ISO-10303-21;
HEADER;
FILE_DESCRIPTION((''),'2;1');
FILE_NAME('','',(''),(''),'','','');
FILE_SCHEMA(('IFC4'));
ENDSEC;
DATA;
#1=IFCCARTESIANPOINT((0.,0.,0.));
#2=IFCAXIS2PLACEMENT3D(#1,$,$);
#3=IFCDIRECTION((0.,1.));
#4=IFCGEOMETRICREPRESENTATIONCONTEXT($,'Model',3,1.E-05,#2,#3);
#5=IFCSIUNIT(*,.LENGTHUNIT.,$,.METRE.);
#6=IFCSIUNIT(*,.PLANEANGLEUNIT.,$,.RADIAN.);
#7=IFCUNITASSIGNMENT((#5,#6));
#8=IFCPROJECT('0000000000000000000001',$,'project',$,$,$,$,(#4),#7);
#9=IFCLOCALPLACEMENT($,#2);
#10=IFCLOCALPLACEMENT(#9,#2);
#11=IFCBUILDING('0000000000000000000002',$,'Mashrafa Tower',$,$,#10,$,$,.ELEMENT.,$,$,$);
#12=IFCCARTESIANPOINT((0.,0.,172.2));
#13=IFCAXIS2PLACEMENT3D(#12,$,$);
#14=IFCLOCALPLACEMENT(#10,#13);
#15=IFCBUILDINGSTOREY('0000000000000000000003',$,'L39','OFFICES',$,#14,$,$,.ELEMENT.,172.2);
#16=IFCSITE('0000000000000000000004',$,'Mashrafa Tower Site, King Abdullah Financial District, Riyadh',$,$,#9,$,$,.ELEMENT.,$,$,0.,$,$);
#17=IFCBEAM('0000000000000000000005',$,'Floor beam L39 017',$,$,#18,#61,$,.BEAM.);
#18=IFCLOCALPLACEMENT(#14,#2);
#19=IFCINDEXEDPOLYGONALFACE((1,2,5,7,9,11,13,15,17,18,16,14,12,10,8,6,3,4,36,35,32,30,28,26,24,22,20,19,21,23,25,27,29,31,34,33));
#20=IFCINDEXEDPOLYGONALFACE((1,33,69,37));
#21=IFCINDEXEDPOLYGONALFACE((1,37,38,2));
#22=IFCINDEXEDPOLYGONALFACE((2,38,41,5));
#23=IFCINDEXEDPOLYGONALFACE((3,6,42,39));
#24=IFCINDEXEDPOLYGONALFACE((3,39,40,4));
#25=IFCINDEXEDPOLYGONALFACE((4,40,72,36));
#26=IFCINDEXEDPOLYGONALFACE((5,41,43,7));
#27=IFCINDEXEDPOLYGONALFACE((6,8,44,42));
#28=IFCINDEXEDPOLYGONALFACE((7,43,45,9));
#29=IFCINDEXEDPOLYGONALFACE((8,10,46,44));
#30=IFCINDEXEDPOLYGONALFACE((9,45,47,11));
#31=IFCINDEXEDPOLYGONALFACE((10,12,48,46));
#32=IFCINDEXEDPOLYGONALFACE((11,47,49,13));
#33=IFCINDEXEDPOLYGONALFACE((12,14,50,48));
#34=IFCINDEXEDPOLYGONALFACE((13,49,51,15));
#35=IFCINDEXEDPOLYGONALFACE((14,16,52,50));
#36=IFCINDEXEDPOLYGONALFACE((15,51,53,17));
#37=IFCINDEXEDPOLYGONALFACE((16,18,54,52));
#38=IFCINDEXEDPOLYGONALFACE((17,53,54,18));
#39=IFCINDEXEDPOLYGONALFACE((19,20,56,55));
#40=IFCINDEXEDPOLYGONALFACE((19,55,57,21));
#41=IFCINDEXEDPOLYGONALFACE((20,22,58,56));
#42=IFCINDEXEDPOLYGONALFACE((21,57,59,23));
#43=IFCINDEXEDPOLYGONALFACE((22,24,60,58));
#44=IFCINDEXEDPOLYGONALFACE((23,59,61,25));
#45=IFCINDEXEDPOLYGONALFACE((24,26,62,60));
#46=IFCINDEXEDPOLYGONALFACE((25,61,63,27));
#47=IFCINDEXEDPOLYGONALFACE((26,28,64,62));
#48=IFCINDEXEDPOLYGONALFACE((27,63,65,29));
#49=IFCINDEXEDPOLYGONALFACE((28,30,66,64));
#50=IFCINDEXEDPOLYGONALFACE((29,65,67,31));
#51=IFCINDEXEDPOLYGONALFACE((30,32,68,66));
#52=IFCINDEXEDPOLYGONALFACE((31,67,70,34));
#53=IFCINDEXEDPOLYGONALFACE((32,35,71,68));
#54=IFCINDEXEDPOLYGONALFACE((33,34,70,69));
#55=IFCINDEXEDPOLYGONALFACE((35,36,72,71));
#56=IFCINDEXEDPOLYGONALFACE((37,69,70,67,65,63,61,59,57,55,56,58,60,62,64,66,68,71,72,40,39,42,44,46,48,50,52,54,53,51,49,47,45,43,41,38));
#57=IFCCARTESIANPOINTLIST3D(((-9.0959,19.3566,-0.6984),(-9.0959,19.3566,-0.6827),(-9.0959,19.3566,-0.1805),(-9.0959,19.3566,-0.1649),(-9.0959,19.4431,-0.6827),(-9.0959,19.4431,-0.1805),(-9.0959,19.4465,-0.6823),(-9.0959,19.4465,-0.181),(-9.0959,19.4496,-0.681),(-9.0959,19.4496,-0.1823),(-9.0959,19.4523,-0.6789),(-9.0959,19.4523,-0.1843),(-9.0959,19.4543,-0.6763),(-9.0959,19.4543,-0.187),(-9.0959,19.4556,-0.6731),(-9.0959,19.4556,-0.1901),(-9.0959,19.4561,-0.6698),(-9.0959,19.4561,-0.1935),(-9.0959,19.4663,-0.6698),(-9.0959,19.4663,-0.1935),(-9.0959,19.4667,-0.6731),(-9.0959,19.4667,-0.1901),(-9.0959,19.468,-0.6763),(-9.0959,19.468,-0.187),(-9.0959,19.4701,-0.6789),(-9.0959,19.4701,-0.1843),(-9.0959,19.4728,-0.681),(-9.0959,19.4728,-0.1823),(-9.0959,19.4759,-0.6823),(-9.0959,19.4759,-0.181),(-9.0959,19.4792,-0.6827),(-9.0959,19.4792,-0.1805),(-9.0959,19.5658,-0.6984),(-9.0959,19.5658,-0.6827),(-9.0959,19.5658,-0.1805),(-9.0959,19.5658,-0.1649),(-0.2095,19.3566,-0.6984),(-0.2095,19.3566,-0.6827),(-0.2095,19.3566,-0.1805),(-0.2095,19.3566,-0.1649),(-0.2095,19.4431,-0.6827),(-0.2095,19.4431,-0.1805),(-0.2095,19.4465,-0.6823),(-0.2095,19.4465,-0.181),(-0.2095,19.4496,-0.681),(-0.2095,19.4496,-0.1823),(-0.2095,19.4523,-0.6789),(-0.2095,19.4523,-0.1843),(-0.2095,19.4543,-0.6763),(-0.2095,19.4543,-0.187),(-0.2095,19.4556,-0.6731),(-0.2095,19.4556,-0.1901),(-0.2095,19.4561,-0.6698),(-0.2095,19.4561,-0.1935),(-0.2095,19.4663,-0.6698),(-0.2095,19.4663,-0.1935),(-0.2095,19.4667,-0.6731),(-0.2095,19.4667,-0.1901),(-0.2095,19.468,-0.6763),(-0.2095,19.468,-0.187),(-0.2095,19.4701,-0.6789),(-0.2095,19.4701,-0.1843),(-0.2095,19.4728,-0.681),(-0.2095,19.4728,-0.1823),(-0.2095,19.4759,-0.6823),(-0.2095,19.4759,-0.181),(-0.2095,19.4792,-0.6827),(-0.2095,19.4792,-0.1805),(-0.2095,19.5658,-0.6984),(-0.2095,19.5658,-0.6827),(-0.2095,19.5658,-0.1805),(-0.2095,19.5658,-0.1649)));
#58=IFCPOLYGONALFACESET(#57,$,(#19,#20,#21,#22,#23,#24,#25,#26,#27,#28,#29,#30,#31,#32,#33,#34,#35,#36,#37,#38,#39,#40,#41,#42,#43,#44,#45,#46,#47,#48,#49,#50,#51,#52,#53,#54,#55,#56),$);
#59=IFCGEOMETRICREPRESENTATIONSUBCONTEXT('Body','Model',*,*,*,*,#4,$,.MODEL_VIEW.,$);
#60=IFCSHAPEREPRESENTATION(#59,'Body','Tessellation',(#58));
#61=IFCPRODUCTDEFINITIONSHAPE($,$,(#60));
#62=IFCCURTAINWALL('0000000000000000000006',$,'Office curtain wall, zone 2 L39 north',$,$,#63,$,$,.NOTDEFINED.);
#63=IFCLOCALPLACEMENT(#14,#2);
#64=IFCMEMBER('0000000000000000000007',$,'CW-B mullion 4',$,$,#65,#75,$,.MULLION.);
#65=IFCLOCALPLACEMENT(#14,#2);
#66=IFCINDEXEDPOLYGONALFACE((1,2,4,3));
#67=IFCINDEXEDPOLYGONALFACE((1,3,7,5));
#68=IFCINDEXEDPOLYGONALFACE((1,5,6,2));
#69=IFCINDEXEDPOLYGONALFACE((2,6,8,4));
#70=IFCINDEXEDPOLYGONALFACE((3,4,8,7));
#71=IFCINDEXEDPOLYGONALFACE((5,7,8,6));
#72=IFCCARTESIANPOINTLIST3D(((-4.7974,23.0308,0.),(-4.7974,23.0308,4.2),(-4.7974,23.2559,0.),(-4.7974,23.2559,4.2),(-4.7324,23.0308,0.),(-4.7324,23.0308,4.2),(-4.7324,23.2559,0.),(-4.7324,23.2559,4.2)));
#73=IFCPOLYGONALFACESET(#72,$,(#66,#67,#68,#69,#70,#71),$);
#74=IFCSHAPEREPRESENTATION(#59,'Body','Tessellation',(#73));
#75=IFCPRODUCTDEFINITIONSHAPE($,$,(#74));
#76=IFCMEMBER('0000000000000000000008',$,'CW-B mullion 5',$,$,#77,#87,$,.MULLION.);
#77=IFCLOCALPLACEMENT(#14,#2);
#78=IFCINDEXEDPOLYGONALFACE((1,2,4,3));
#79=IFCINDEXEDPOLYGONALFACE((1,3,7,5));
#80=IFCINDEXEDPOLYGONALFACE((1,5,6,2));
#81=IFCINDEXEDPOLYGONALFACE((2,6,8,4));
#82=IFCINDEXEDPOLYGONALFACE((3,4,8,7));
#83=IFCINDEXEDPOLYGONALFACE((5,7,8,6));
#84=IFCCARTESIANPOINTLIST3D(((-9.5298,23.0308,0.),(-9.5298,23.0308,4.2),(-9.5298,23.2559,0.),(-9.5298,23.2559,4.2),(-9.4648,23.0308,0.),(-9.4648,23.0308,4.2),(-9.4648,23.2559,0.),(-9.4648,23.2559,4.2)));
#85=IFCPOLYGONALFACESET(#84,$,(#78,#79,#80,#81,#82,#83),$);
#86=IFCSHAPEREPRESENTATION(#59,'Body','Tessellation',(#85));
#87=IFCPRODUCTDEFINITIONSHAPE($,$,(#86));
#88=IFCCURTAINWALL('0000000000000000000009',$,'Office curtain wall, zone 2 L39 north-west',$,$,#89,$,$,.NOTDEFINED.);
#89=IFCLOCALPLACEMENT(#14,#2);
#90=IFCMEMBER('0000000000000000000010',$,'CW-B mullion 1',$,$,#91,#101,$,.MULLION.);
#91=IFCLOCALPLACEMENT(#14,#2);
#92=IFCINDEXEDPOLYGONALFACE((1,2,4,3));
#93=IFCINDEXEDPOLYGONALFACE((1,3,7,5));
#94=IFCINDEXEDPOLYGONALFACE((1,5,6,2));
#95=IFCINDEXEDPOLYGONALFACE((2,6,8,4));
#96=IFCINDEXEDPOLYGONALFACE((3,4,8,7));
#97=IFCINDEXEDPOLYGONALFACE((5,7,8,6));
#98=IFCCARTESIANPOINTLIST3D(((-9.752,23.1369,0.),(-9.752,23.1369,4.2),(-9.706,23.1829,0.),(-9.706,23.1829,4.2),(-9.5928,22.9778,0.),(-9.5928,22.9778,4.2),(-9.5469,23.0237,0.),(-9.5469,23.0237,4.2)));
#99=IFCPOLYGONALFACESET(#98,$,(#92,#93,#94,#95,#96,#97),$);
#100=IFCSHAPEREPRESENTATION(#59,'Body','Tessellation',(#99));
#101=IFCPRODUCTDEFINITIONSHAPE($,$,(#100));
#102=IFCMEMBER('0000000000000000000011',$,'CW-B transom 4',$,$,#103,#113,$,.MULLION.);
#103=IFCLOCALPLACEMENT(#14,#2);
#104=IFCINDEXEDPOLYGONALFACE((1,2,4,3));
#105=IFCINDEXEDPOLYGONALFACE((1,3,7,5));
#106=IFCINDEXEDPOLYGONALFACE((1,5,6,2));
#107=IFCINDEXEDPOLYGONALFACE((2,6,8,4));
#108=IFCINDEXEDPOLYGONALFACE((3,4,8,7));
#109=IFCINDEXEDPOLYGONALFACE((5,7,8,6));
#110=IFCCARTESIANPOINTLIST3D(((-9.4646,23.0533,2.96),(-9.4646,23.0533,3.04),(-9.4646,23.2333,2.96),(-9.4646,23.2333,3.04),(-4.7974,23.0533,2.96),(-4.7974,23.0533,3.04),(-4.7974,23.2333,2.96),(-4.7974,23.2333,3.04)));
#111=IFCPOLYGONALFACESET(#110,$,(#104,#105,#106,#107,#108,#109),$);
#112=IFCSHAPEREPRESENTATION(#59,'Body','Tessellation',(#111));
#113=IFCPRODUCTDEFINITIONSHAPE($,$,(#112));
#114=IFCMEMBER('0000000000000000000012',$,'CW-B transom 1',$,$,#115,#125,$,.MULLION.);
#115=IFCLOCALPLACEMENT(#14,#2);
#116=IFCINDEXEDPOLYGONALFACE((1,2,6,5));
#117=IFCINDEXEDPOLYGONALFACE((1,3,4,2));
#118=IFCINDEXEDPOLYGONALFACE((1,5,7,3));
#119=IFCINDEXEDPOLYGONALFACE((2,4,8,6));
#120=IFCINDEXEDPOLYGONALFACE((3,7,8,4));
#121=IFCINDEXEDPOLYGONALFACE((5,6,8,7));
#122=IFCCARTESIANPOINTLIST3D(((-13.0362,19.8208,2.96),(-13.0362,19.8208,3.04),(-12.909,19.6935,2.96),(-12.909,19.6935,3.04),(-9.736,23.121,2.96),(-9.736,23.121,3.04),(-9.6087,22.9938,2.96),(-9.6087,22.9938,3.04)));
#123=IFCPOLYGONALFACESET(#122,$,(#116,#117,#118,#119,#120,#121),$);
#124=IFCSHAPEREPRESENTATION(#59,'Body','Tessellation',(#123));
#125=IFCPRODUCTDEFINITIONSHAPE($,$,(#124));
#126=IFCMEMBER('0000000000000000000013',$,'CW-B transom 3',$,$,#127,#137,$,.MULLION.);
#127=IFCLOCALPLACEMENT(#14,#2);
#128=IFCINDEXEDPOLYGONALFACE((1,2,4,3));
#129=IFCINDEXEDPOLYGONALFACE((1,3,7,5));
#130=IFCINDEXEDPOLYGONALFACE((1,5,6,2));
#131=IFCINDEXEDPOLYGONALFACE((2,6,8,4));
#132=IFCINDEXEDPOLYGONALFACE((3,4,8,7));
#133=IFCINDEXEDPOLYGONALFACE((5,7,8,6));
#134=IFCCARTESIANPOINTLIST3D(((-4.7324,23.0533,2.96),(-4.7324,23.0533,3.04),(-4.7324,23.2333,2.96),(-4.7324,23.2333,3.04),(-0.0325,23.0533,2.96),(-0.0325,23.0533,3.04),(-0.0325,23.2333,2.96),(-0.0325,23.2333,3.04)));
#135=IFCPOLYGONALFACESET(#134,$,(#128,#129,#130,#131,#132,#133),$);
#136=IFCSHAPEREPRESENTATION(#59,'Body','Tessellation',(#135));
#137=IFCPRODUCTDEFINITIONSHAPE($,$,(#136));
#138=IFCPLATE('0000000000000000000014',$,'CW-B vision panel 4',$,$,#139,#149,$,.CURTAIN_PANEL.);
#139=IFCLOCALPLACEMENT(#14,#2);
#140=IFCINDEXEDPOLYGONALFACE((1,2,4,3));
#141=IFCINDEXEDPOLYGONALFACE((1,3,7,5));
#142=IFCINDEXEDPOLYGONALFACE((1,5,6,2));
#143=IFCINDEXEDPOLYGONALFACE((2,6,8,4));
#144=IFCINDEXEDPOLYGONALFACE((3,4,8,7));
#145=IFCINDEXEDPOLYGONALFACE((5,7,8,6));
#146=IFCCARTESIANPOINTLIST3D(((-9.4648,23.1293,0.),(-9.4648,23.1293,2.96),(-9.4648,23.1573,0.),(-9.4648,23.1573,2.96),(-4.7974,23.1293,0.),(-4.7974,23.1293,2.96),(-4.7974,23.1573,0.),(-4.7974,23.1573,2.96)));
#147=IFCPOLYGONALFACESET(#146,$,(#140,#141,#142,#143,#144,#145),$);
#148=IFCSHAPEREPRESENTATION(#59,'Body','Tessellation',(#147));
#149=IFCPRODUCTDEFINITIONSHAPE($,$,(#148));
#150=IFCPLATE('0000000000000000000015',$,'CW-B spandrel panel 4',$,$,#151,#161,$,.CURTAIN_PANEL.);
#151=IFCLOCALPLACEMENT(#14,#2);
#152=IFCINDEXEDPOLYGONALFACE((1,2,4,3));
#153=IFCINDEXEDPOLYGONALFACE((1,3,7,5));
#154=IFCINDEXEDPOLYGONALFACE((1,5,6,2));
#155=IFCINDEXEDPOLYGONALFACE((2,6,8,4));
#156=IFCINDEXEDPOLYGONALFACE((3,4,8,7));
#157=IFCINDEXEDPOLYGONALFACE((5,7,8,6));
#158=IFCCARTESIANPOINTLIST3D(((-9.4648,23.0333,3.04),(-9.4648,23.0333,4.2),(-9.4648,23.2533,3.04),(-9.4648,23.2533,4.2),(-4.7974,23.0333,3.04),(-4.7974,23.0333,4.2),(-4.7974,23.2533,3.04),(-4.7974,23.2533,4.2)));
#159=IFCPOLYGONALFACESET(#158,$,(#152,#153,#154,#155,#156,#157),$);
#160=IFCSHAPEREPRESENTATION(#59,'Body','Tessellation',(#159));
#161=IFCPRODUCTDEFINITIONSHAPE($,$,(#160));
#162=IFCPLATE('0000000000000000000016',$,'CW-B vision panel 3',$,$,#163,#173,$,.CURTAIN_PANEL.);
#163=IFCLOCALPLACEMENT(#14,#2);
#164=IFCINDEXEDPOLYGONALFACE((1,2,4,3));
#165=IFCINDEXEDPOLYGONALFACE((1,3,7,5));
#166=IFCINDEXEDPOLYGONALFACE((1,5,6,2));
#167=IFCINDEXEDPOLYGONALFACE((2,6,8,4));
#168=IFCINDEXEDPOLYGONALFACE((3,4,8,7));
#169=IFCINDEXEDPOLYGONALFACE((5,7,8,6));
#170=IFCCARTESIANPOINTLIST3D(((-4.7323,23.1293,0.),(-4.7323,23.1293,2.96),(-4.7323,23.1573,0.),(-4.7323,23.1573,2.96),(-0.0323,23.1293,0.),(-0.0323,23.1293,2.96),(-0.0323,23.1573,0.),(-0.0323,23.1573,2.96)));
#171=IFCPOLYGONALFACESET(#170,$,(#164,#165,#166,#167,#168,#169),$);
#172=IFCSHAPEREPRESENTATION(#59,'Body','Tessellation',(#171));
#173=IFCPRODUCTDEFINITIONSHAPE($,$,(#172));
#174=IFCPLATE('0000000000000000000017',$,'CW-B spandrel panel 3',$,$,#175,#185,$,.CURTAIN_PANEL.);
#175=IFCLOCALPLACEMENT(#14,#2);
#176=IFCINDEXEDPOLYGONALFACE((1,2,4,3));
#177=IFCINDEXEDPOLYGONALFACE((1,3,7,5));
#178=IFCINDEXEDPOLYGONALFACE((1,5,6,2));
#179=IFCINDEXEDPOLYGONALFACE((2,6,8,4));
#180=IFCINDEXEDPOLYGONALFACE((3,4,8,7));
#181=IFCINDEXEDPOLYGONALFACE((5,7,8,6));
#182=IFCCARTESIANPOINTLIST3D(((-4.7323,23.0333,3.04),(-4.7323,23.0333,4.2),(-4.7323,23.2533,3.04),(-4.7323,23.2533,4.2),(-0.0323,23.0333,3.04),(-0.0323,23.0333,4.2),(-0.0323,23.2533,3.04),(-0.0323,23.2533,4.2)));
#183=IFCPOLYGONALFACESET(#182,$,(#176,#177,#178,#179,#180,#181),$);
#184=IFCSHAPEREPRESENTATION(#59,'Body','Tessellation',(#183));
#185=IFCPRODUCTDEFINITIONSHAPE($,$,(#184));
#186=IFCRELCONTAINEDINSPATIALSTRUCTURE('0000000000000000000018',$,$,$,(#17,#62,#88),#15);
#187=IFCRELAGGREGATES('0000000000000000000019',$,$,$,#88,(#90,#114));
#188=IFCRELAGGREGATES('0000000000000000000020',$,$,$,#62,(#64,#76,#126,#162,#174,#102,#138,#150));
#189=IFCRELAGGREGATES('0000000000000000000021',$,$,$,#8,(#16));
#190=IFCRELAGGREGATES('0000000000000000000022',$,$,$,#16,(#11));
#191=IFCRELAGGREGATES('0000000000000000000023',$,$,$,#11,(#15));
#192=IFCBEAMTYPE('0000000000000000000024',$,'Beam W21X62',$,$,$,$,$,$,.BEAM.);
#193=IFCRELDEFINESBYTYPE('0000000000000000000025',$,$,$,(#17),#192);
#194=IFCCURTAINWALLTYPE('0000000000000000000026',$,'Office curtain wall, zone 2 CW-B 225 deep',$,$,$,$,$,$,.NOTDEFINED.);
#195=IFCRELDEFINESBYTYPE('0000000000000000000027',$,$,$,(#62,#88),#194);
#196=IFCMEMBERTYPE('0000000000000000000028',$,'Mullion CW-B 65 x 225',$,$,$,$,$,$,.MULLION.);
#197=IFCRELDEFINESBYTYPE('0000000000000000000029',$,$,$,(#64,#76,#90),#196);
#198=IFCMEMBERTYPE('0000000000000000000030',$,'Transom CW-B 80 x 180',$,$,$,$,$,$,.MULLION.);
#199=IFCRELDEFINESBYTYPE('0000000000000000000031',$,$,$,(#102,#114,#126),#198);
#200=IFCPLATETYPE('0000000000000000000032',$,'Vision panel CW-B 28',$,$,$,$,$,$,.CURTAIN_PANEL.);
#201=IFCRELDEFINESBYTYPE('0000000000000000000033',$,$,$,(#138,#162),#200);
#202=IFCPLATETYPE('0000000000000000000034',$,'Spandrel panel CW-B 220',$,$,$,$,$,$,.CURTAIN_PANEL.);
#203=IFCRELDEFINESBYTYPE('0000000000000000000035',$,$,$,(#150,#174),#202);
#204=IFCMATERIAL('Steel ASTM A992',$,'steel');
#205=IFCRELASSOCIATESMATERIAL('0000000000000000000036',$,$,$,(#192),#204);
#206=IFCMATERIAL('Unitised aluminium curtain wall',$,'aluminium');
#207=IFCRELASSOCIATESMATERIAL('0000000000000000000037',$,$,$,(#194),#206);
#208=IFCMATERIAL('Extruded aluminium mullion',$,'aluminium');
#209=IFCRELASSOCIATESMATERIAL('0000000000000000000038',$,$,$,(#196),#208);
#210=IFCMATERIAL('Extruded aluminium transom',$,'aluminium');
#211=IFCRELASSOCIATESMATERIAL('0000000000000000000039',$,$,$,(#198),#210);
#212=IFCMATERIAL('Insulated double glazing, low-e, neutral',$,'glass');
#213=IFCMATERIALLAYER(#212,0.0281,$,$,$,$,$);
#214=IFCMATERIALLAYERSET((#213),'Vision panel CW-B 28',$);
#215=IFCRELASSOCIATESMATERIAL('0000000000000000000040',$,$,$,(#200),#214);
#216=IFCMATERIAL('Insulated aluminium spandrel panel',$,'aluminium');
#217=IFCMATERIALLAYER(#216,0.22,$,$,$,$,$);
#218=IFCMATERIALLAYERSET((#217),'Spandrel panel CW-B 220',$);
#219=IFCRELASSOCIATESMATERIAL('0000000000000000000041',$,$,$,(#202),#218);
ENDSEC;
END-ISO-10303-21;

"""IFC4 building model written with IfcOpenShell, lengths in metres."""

from ifc_helpers import new_model, si_unit, direction, frame, origin, origin_2d, place, context, subcontext, project, spatial, rectangle, i_section, extrude, source, transform, mapped, material, layer, layer_set, material_profile, profile_set, type_object, type_shapes, element, aggregate, save


model = new_model("IFC4")

# Units and contexts
model_context = context("Model", 3, precision=1e-05, world=origin(), true_north=direction((0.0, 1.0)))
body_context = subcontext(model_context, "Body", "Model", "MODEL_VIEW")
ifc_project = project(units=[si_unit("LENGTHUNIT", "METRE"), si_unit("PLANEANGLEUNIT", "RADIAN")], contexts=[model_context])

# Site, building, storey
site_placement = place(None, origin())
site = spatial("IfcSite", under=ifc_project, at=site_placement, Name="Mashrafa Tower Site, King Abdullah Financial District, Riyadh", CompositionType="ELEMENT", RefElevation=0.0)
building_placement = place(site_placement, origin())
building = spatial("IfcBuilding", under=site, at=building_placement, Name="Mashrafa Tower", CompositionType="ELEMENT")
storey_placement = place(building_placement, frame((0.0, 0.0, 172.2)))
storey = spatial("IfcBuildingStorey", under=building, at=storey_placement, Name="L39", Description="OFFICES", CompositionType="ELEMENT", Elevation=172.2)

# Beam
ifc_material_1 = material(Name="Steel ASTM A992", Category="steel")
ifc_material_profile_1 = material_profile(ifc_material_1, i_section(OverallWidth=0.2092, OverallDepth=0.5334, WebThickness=0.0103, FlangeThickness=0.0156, FilletRadius=0.0129, at=origin_2d()), Name="W21X62")
ifc_profile_set_1 = profile_set([ifc_material_profile_1], Name="Steel ASTM A992")
beam_type_1 = type_object("IfcBeamType", Name="Beam W21X62", PredefinedType="BEAM", material=ifc_profile_set_1)
beam_1_placement = place(storey_placement, frame((-9.0959, 19.4612, -0.4316), z_axis=(1.0, 0.0, 0.0), x_axis=(0.0, 1.0, 0.0)))
element("IfcBeam", 1, at=beam_1_placement, inside=storey, type_object=beam_type_1, Name="Floor beam L39 017", PredefinedType="BEAM", context=body_context, shape_type="SweptSolid", body=[
    extrude(i_section(OverallWidth=0.2092, OverallDepth=0.5334, WebThickness=0.0103, FlangeThickness=0.0156, FilletRadius=0.0129, at=origin_2d()), origin(), (0.0, 0.0, 1.0), 8.8865),
])

# Curtain wall, members
ifc_material_2 = material(Name="Unitised aluminium curtain wall", Category="aluminium")
curtain_wall_type = type_object("IfcCurtainWallType", Name="Office curtain wall, zone 2 CW-B 225 deep", PredefinedType="NOTDEFINED", material=ifc_material_2)
curtain_wall_1_placement = place(storey_placement, origin())
curtain_wall_1 = element("IfcCurtainWall", 2, at=curtain_wall_1_placement, inside=storey, type_object=curtain_wall_type, Name="Office curtain wall, zone 2 L39 north", PredefinedType="NOTDEFINED")
ifc_material_3 = material(Name="Extruded aluminium mullion", Category="aluminium")
ifc_material_profile_2 = material_profile(ifc_material_3, rectangle(XDim=0.2251, YDim=0.0649, at=origin_2d()), Name="Mullion 65x225")
ifc_profile_set_2 = profile_set([ifc_material_profile_2], Name="Extruded aluminium mullion")
member_type_1 = type_object("IfcMemberType", Name="Mullion CW-B 65 x 225", PredefinedType="MULLION", material=ifc_profile_set_2)
shared_shape_1 = source(origin(), body_context, "Body", "SweptSolid", [
    extrude(rectangle(XDim=0.2251, YDim=0.0649, at=origin_2d()), origin(), (0.0, 0.0, 1.0), 4.2),
])
type_shapes(member_type_1, [shared_shape_1])
member_1_placement = place(storey_placement, frame((-4.7649, 23.1433, 0.0), z_axis=(0.0, 0.0, 1.0), x_axis=(0.0, -1.0, 0.0)))
member_1 = element("IfcMember", 3, at=member_1_placement, type_object=member_type_1, Name="CW-B mullion 4", PredefinedType="MULLION", context=body_context, shape_type="MappedRepresentation", body=[
    mapped(shared_shape_1, transform((0.0, 0.0, 0.0))),
])
member_2_placement = place(storey_placement, frame((-9.4973, 23.1433, 0.0), z_axis=(0.0, 0.0, 1.0), x_axis=(0.0, -1.0, 0.0)))
member_2 = element("IfcMember", 4, at=member_2_placement, type_object=member_type_1, Name="CW-B mullion 5", PredefinedType="MULLION", context=body_context, shape_type="MappedRepresentation", body=[
    mapped(shared_shape_1, transform((0.0, 0.0, 0.0))),
])

# Curtain wall, member
curtain_wall_2_placement = place(storey_placement, origin())
curtain_wall_2 = element("IfcCurtainWall", 5, at=curtain_wall_2_placement, inside=storey, type_object=curtain_wall_type, Name="Office curtain wall, zone 2 L39 north-west", PredefinedType="NOTDEFINED")
member_3_placement = place(storey_placement, frame((-9.6494, 23.0803, 0.0), z_axis=(0.0, 0.0, 1.0), x_axis=(0.707107, -0.707107, 0.0)))
member_3 = element("IfcMember", 6, at=member_3_placement, type_object=member_type_1, Name="CW-B mullion 1", PredefinedType="MULLION", context=body_context, shape_type="MappedRepresentation", body=[
    mapped(shared_shape_1, transform((0.0, 0.0, 0.0))),
])

# Members
ifc_material_4 = material(Name="Extruded aluminium transom", Category="aluminium")
ifc_material_profile_3 = material_profile(ifc_material_4, rectangle(XDim=0.1799, YDim=0.0801, at=origin_2d()), Name="Transom 80x180")
ifc_profile_set_3 = profile_set([ifc_material_profile_3], Name="Extruded aluminium transom")
member_type_2 = type_object("IfcMemberType", Name="Transom CW-B 80 x 180", PredefinedType="MULLION", material=ifc_profile_set_3)
shared_shape_2 = source(origin(), body_context, "Body", "SweptSolid", [
    extrude(rectangle(XDim=0.1799, YDim=0.0801, at=origin_2d()), origin(), (0.0, 0.0, 1.0), 4.6672),
])
member_4_placement = place(storey_placement, frame((-4.7974, 23.1433, 3.0), z_axis=(-1.0, 0.0, 0.0), x_axis=(0.0, -1.0, 0.0)))
member_4 = element("IfcMember", 7, at=member_4_placement, type_object=member_type_2, Name="CW-B transom 4", PredefinedType="MULLION", context=body_context, shape_type="MappedRepresentation", body=[
    mapped(shared_shape_2, transform((0.0, 0.0, 0.0))),
])
member_5_placement = place(storey_placement, frame((-9.6724, 23.0574, 3.0), z_axis=(-0.707107, -0.707107, 0.0), x_axis=(0.707107, -0.707107, 0.0)))
member_5 = element("IfcMember", 8, at=member_5_placement, type_object=member_type_2, Name="CW-B transom 1", PredefinedType="MULLION", context=body_context, shape_type="MappedRepresentation", body=[
    mapped(shared_shape_2, transform((0.0, 0.0, 0.0))),
])
aggregate(curtain_wall_2, [member_3, member_5])
shared_shape_3 = source(origin(), body_context, "Body", "SweptSolid", [
    extrude(rectangle(XDim=0.1799, YDim=0.0801, at=origin_2d()), origin(), (0.0, 0.0, 1.0), 4.7),
])
type_shapes(member_type_2, [shared_shape_2, shared_shape_3])
member_6_placement = place(storey_placement, frame((-0.0325, 23.1433, 3.0), z_axis=(-1.0, 0.0, 0.0), x_axis=(0.0, -1.0, 0.0)))
member_6 = element("IfcMember", 9, at=member_6_placement, type_object=member_type_2, Name="CW-B transom 3", PredefinedType="MULLION", context=body_context, shape_type="MappedRepresentation", body=[
    mapped(shared_shape_3, transform((0.0, 0.0, 0.0))),
])

# Plates
ifc_material_5 = material(Name="Insulated double glazing, low-e, neutral", Category="glass")
ifc_layer_1 = layer(ifc_material_5, 0.0281)
ifc_layer_set_1 = layer_set([ifc_layer_1], Name="Vision panel CW-B 28")
plate_type_1 = type_object("IfcPlateType", Name="Vision panel CW-B 28", PredefinedType="CURTAIN_PANEL", material=ifc_layer_set_1)
shared_shape_4 = source(origin(), body_context, "Body", "SweptSolid", [
    extrude(rectangle(XDim=4.6675, YDim=0.0281, at=origin_2d()), origin(), (0.0, 0.0, 1.0), 2.96),
])
plate_1_placement = place(storey_placement, frame((-7.1311, 23.1433, 0.0), z_axis=(0.0, 0.0, 1.0), x_axis=(-1.0, 0.0, 0.0)))
plate_1 = element("IfcPlate", 10, at=plate_1_placement, type_object=plate_type_1, Name="CW-B vision panel 4", PredefinedType="CURTAIN_PANEL", context=body_context, shape_type="MappedRepresentation", body=[
    mapped(shared_shape_4, transform((0.0, 0.0, 0.0))),
])
ifc_material_6 = material(Name="Insulated aluminium spandrel panel", Category="aluminium")
ifc_layer_2 = layer(ifc_material_6, 0.22)
ifc_layer_set_2 = layer_set([ifc_layer_2], Name="Spandrel panel CW-B 220")
plate_type_2 = type_object("IfcPlateType", Name="Spandrel panel CW-B 220", PredefinedType="CURTAIN_PANEL", material=ifc_layer_set_2)
shared_shape_5 = source(origin(), body_context, "Body", "SweptSolid", [
    extrude(rectangle(XDim=4.6675, YDim=0.22, at=origin_2d()), origin(), (0.0, 0.0, 1.0), 1.1599),
])
plate_2_placement = place(storey_placement, frame((-7.1311, 23.1433, 3.04), z_axis=(0.0, 0.0, 1.0), x_axis=(-1.0, 0.0, 0.0)))
plate_2 = element("IfcPlate", 11, at=plate_2_placement, type_object=plate_type_2, Name="CW-B spandrel panel 4", PredefinedType="CURTAIN_PANEL", context=body_context, shape_type="MappedRepresentation", body=[
    mapped(shared_shape_5, transform((0.0, 0.0, 0.0))),
])
shared_shape_6 = source(origin(), body_context, "Body", "SweptSolid", [
    extrude(rectangle(XDim=4.7, YDim=0.0281, at=origin_2d()), origin(), (0.0, 0.0, 1.0), 2.96),
])
type_shapes(plate_type_1, [shared_shape_4, shared_shape_6])
plate_3_placement = place(storey_placement, frame((-2.3823, 23.1433, 0.0), z_axis=(0.0, 0.0, 1.0), x_axis=(-1.0, 0.0, 0.0)))
plate_3 = element("IfcPlate", 12, at=plate_3_placement, type_object=plate_type_1, Name="CW-B vision panel 3", PredefinedType="CURTAIN_PANEL", context=body_context, shape_type="MappedRepresentation", body=[
    mapped(shared_shape_6, transform((0.0, 0.0, 0.0))),
])
shared_shape_7 = source(origin(), body_context, "Body", "SweptSolid", [
    extrude(rectangle(XDim=4.7, YDim=0.22, at=origin_2d()), origin(), (0.0, 0.0, 1.0), 1.1599),
])
type_shapes(plate_type_2, [shared_shape_5, shared_shape_7])
plate_4_placement = place(storey_placement, frame((-2.3823, 23.1433, 3.04), z_axis=(0.0, 0.0, 1.0), x_axis=(-1.0, 0.0, 0.0)))
plate_4 = element("IfcPlate", 13, at=plate_4_placement, type_object=plate_type_2, Name="CW-B spandrel panel 3", PredefinedType="CURTAIN_PANEL", context=body_context, shape_type="MappedRepresentation", body=[
    mapped(shared_shape_7, transform((0.0, 0.0, 0.0))),
])
aggregate(curtain_wall_1, [member_1, member_2, member_6, plate_3, plate_4, member_4, plate_1, plate_2])

save(model, "model.ifc")
